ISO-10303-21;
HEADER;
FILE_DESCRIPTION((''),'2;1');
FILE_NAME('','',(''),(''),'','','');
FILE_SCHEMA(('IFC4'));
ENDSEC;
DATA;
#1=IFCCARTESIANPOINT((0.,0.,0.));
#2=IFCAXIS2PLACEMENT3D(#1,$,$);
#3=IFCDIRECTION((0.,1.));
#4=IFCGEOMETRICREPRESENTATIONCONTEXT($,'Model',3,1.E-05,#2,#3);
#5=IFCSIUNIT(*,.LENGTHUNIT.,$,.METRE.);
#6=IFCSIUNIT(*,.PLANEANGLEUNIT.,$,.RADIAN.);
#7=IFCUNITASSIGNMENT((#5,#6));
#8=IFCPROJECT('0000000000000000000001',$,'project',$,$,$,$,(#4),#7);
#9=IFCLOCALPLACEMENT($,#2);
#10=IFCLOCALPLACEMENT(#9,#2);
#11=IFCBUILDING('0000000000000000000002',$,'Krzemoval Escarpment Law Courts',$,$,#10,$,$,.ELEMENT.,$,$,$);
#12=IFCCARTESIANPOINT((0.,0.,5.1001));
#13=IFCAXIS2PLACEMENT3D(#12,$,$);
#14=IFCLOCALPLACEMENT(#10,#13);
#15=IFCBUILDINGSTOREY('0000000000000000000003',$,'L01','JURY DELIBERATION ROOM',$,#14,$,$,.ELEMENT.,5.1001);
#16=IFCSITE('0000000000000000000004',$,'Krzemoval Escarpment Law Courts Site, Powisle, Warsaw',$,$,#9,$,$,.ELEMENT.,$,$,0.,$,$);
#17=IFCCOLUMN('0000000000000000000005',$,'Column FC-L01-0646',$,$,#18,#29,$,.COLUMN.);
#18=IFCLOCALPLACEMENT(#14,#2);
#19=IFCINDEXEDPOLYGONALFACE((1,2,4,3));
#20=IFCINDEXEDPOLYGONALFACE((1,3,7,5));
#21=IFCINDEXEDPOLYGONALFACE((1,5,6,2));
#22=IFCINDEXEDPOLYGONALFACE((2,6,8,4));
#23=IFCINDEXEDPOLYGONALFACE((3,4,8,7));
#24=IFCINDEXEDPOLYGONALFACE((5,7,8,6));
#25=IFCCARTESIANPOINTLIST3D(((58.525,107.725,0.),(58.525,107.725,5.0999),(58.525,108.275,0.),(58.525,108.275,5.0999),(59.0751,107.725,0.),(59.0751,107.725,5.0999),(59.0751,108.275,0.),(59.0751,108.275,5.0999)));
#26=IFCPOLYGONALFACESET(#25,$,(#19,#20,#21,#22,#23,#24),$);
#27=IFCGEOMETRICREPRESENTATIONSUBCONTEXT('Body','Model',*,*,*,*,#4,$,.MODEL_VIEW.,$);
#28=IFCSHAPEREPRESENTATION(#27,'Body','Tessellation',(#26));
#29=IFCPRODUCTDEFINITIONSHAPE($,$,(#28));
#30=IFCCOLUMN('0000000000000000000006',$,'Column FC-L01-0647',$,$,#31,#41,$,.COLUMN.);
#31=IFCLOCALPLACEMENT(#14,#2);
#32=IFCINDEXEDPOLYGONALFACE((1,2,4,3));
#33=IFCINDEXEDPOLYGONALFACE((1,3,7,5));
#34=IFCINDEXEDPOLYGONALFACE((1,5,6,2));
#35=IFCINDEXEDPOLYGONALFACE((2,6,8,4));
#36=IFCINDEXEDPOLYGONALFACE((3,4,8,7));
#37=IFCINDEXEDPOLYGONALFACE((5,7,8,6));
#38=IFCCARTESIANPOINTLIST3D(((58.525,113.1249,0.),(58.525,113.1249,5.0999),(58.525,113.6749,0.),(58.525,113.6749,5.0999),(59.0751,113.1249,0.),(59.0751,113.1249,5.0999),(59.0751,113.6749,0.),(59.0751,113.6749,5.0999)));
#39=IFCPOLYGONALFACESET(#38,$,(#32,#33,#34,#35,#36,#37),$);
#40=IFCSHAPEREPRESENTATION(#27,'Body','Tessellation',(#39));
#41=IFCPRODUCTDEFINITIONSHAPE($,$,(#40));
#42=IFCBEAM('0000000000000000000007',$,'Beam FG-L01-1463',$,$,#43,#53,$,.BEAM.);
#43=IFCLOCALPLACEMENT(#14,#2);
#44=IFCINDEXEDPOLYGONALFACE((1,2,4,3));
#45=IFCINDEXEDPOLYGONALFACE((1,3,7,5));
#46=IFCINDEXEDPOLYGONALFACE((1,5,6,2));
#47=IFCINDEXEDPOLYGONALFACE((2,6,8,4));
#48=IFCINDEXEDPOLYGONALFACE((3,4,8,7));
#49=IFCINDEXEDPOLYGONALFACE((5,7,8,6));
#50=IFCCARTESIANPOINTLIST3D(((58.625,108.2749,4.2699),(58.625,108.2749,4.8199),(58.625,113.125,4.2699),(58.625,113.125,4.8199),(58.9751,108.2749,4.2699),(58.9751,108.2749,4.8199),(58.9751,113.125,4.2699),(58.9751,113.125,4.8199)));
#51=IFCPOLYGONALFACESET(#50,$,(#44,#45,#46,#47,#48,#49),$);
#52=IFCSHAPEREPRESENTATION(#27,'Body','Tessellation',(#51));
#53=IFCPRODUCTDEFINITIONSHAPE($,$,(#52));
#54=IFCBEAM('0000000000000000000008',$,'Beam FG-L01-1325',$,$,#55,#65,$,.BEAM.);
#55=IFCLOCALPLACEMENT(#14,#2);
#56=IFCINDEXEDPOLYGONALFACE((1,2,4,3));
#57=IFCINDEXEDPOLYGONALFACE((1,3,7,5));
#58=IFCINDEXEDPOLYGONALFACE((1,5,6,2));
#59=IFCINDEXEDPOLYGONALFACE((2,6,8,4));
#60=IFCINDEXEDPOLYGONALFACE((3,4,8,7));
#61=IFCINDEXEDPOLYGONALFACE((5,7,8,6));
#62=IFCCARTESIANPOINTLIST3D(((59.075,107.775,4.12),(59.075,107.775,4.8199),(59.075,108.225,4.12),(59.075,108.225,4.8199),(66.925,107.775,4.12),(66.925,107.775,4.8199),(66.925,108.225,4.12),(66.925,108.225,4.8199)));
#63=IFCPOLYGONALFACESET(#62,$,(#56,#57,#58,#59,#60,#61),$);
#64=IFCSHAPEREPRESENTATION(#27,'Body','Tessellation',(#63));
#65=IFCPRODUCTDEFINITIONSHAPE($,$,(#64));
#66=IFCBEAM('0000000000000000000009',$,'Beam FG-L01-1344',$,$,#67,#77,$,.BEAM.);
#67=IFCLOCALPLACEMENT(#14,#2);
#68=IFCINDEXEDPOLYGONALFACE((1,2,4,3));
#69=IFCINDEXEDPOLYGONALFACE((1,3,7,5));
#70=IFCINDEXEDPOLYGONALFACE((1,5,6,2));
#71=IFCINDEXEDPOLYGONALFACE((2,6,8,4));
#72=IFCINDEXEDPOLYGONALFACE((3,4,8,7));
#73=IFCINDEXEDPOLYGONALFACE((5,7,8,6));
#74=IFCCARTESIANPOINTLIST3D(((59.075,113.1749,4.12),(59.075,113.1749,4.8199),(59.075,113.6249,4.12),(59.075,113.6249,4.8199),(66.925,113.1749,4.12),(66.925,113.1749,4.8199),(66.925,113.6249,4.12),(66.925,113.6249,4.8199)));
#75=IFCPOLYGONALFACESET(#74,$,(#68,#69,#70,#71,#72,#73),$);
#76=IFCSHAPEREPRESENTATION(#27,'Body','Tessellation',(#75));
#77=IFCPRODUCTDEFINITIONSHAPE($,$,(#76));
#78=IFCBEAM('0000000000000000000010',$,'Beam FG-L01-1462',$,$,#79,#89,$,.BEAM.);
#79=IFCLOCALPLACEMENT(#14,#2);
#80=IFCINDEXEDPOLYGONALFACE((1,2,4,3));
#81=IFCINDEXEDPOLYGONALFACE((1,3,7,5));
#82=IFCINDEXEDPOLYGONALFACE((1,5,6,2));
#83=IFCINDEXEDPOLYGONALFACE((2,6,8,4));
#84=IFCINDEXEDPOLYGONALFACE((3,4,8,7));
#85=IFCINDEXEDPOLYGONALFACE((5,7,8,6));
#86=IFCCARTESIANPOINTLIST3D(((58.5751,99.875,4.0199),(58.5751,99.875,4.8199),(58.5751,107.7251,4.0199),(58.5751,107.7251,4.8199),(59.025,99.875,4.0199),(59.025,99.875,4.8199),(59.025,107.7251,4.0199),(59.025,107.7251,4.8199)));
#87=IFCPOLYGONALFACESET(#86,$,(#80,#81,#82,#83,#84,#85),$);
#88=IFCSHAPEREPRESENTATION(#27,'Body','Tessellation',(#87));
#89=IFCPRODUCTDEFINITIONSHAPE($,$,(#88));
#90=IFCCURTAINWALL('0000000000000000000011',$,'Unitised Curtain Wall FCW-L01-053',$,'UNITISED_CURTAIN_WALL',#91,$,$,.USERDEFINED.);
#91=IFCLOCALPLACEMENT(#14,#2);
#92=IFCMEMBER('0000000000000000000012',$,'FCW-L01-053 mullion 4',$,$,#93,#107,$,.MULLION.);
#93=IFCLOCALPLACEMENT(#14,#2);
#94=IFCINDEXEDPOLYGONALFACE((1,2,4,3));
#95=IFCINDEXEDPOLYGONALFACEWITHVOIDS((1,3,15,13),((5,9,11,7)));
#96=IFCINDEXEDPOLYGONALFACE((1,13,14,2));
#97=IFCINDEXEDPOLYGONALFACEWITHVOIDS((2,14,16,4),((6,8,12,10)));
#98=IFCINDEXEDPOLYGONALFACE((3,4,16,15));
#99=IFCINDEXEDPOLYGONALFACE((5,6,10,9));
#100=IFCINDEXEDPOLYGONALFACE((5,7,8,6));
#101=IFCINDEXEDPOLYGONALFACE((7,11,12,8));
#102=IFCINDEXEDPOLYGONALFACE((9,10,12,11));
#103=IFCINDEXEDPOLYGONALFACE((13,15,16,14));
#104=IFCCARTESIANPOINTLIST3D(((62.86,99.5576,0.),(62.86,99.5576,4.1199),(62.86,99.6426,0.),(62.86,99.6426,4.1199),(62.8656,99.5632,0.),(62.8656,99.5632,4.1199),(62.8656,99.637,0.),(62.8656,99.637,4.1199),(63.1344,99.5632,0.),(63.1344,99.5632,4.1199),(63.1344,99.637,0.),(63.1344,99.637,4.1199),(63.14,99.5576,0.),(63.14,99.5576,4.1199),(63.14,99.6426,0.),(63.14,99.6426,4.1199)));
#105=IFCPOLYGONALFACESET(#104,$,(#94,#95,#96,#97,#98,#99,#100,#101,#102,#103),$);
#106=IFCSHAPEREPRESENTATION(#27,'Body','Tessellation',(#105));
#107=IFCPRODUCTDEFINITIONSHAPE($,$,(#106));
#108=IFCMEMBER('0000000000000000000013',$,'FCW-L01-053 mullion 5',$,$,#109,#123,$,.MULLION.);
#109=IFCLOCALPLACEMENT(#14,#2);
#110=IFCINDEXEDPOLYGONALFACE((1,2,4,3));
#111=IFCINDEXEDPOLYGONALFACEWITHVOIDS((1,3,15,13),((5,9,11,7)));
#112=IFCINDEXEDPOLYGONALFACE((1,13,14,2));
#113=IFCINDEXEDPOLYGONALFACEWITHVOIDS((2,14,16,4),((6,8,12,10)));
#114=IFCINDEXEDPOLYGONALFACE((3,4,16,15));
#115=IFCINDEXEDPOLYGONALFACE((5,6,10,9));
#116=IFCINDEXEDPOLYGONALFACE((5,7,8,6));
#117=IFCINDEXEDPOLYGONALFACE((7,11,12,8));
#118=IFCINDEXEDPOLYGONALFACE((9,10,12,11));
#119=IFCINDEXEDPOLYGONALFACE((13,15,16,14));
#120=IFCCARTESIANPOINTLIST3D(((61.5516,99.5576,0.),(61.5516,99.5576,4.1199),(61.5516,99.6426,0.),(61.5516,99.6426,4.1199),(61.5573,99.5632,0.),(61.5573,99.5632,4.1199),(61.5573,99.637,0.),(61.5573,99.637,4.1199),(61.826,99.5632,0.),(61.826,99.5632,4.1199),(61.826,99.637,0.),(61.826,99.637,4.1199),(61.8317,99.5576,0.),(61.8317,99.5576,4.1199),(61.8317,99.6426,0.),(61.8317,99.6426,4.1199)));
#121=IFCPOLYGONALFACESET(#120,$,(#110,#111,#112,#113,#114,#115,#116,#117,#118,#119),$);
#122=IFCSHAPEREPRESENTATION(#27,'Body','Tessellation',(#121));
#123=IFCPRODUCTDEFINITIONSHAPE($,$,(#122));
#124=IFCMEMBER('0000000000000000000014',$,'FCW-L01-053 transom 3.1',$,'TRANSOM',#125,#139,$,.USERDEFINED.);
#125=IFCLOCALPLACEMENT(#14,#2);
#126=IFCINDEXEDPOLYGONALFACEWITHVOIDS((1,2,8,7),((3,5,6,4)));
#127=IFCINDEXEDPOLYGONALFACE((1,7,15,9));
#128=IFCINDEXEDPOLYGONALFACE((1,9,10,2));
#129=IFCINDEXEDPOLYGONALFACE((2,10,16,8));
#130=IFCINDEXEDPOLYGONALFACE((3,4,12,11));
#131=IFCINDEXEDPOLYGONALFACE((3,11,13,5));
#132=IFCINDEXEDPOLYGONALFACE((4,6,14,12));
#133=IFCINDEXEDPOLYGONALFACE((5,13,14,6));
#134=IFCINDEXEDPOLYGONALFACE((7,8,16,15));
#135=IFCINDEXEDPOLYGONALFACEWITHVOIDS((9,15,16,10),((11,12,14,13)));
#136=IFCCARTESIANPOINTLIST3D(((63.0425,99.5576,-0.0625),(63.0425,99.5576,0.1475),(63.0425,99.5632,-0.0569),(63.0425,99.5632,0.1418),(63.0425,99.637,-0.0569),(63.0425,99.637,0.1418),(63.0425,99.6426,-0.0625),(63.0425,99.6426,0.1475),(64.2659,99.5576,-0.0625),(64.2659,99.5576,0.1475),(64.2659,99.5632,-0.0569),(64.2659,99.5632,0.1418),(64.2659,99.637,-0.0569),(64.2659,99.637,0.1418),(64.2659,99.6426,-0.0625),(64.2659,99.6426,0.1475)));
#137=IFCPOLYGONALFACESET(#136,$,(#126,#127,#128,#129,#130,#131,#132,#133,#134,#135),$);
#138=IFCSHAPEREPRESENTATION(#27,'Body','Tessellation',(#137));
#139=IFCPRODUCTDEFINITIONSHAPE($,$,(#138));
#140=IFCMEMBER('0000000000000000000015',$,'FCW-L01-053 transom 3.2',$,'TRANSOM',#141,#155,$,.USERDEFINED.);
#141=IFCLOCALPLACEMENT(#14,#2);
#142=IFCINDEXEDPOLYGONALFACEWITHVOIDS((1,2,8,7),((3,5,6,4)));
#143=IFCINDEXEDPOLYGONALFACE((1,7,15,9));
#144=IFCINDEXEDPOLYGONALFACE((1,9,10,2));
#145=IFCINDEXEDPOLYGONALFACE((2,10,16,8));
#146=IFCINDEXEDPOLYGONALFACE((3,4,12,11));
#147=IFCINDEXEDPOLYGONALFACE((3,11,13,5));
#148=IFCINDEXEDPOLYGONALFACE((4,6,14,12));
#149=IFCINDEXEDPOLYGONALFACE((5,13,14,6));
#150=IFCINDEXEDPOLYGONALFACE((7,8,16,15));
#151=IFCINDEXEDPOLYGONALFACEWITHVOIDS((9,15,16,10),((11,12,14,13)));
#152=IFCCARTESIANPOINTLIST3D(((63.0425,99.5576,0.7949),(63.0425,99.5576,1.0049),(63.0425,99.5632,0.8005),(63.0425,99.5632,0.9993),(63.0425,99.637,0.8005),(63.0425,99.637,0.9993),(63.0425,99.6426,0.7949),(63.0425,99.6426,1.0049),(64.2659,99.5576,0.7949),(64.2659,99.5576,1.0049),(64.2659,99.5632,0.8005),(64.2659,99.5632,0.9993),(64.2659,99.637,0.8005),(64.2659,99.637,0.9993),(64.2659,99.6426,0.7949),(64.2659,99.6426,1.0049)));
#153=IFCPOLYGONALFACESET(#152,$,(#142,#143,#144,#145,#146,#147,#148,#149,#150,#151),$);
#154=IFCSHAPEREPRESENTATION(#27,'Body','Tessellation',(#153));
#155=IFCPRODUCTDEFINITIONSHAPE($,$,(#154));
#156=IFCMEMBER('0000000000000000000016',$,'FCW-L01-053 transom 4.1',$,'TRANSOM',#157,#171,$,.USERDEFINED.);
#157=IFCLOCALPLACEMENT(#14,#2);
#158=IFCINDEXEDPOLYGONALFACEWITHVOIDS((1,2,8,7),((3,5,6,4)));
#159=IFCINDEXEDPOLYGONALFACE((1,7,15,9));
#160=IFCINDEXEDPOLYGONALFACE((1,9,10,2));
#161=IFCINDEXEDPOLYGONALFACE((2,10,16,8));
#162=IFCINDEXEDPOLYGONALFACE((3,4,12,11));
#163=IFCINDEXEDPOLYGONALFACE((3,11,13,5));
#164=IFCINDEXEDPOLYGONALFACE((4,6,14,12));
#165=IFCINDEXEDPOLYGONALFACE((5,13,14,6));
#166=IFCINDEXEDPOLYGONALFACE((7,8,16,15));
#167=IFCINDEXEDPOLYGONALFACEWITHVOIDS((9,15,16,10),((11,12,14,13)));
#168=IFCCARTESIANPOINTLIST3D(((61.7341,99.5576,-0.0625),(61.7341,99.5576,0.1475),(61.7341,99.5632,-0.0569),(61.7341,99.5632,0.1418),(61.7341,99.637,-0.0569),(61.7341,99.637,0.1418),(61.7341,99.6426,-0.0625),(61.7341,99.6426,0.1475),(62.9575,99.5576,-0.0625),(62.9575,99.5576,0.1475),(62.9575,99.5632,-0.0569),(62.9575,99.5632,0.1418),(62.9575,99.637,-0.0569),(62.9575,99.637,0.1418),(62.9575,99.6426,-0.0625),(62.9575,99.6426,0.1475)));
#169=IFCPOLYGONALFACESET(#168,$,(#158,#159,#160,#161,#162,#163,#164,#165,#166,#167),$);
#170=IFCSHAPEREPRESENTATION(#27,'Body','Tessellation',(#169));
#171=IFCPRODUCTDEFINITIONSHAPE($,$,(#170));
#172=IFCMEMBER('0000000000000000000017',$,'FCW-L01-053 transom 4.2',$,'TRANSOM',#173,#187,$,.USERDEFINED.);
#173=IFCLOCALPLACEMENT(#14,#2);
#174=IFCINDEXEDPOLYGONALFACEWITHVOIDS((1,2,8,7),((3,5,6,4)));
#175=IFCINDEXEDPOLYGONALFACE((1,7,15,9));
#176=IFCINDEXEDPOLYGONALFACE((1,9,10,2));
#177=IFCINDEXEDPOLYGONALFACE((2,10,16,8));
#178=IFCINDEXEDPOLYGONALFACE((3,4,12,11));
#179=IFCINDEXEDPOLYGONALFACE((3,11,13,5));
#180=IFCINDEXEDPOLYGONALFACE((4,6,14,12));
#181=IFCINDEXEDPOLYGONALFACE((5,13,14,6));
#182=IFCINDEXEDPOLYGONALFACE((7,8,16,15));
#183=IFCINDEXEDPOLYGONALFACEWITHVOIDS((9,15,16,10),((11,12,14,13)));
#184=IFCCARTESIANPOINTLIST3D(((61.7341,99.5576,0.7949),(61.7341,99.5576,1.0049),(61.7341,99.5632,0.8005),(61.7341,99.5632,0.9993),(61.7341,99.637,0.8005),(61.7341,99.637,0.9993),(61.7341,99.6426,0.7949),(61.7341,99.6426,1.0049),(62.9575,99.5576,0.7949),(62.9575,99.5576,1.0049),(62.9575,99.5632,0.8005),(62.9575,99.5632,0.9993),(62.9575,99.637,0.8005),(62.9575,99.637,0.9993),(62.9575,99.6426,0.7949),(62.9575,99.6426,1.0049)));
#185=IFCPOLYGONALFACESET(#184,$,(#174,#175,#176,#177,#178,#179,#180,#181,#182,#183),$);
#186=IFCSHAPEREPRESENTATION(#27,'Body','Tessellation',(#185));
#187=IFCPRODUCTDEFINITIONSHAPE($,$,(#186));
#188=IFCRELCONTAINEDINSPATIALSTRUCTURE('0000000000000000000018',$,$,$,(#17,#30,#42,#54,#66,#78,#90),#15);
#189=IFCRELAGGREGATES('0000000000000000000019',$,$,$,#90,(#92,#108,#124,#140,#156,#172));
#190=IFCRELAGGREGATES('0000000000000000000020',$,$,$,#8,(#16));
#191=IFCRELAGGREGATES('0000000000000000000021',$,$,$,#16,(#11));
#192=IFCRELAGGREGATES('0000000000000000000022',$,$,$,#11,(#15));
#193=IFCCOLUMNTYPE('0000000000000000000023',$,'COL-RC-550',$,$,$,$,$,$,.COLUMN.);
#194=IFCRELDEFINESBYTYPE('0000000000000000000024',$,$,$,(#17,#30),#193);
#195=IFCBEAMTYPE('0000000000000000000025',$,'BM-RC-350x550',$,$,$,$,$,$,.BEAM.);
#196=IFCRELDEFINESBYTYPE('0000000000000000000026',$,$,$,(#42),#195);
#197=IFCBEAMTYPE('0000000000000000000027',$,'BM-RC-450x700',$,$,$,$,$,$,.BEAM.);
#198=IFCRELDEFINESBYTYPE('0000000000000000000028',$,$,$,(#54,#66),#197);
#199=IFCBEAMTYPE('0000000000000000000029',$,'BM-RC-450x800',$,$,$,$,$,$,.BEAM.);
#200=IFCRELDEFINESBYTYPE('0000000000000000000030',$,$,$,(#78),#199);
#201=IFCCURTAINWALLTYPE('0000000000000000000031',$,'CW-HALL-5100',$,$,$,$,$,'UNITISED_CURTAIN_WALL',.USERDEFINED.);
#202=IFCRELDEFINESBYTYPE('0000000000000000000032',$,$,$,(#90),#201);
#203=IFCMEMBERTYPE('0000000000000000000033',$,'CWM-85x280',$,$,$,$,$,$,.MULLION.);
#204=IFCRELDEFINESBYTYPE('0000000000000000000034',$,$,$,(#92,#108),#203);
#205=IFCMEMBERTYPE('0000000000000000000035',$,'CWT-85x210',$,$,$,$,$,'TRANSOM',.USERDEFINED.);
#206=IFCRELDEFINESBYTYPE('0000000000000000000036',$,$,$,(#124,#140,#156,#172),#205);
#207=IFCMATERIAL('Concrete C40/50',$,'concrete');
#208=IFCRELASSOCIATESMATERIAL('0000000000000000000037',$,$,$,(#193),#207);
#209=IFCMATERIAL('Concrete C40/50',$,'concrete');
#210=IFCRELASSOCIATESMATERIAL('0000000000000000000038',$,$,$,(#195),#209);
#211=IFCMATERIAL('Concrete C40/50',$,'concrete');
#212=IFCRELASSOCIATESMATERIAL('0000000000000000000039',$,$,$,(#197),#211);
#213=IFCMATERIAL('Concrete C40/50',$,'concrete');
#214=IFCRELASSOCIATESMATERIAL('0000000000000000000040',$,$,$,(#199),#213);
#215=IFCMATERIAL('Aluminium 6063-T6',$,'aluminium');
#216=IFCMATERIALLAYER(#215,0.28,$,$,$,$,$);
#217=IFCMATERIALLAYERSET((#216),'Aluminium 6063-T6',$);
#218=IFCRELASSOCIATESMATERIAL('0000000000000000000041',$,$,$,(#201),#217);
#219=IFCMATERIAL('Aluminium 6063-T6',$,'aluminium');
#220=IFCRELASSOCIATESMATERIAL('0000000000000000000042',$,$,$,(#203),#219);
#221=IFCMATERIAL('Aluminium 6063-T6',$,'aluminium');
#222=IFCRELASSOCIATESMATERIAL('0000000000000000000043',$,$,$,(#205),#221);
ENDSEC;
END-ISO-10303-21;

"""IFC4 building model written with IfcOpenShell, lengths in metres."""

from ifc_helpers import new_model, si_unit, direction, frame, origin, origin_2d, place, context, subcontext, project, spatial, rectangle, hollow_rectangle, extrude, material, layer, layer_set, material_profile, profile_set, type_object, element, aggregate, save


model = new_model("IFC4")

# Units and contexts
model_context = context("Model", 3, precision=1e-05, world=origin(), true_north=direction((0.0, 1.0)))
body_context = subcontext(model_context, "Body", "Model", "MODEL_VIEW")
ifc_project = project(units=[si_unit("LENGTHUNIT", "METRE"), si_unit("PLANEANGLEUNIT", "RADIAN")], contexts=[model_context])

# Site, building, storey
site_placement = place(None, origin())
site = spatial("IfcSite", under=ifc_project, at=site_placement, Name="Krzemoval Escarpment Law Courts Site, Powisle, Warsaw", CompositionType="ELEMENT", RefElevation=0.0)
building_placement = place(site_placement, origin())
building = spatial("IfcBuilding", under=site, at=building_placement, Name="Krzemoval Escarpment Law Courts", CompositionType="ELEMENT")
storey_placement = place(building_placement, frame((0.0, 0.0, 5.1001)))
storey = spatial("IfcBuildingStorey", under=building, at=storey_placement, Name="L01", Description="JURY DELIBERATION ROOM", CompositionType="ELEMENT", Elevation=5.1001)

# Columns
ifc_material_1 = material(Name="Concrete C40/50", Category="concrete")
ifc_material_profile_1 = material_profile(ifc_material_1, rectangle(XDim=0.55, YDim=0.55, at=origin_2d()), Name="RC 550x550")
ifc_profile_set_1 = profile_set([ifc_material_profile_1], Name="Concrete C40/50")
column_type = type_object("IfcColumnType", Name="COL-RC-550", PredefinedType="COLUMN", material=ifc_profile_set_1)
for number, where, z_axis, x_axis, name in (
    (1, (58.8, 108.0, 0.0), (0.0, 0.0, 1.0), (1.0, 0.0, 0.0), "Column FC-L01-0646"),
    (2, (58.8, 113.3999, 0.0), (0.0, 0.0, 1.0), (1.0, 0.0, 0.0), "Column FC-L01-0647"),
):
    element("IfcColumn", number, at=place(storey_placement, frame(where, z_axis=z_axis, x_axis=x_axis)), inside=storey, type_object=column_type, Name=name, PredefinedType="COLUMN", context=body_context, shape_type="SweptSolid", body=[
        extrude(rectangle(XDim=0.55, YDim=0.55, at=origin_2d()), origin(), (0.0, 0.0, 1.0), 5.0999),
    ])

# Beams
ifc_material_2 = material(Name="Concrete C40/50", Category="concrete")
ifc_material_profile_2 = material_profile(ifc_material_2, rectangle(XDim=0.3501, YDim=0.55, at=origin_2d()), Name="RCB 350x550")
ifc_profile_set_2 = profile_set([ifc_material_profile_2], Name="Concrete C40/50")
beam_type_1 = type_object("IfcBeamType", Name="BM-RC-350x550", PredefinedType="BEAM", material=ifc_profile_set_2)
beam_1_placement = place(storey_placement, frame((58.8, 108.2749, 4.5449), z_axis=(0.0, 1.0, 0.0), x_axis=(-1.0, 0.0, 0.0)))
element("IfcBeam", 3, at=beam_1_placement, inside=storey, type_object=beam_type_1, Name="Beam FG-L01-1463", PredefinedType="BEAM", context=body_context, shape_type="SweptSolid", body=[
    extrude(rectangle(XDim=0.3501, YDim=0.55, at=origin_2d()), origin(), (0.0, 0.0, 1.0), 4.8501),
])
ifc_material_3 = material(Name="Concrete C40/50", Category="concrete")
ifc_material_profile_3 = material_profile(ifc_material_3, rectangle(XDim=0.45, YDim=0.7, at=origin_2d()), Name="RCB 450x700")
ifc_profile_set_3 = profile_set([ifc_material_profile_3], Name="Concrete C40/50")
beam_type_2 = type_object("IfcBeamType", Name="BM-RC-450x700", PredefinedType="BEAM", material=ifc_profile_set_3)
for number, where, z_axis, x_axis, name in (
    (4, (59.075, 108.0, 4.47), (1.0, 0.0, 0.0), (0.0, 1.0, 0.0), "Beam FG-L01-1325"),
    (5, (59.075, 113.3999, 4.47), (1.0, 0.0, 0.0), (0.0, 1.0, 0.0), "Beam FG-L01-1344"),
):
    element("IfcBeam", number, at=place(storey_placement, frame(where, z_axis=z_axis, x_axis=x_axis)), inside=storey, type_object=beam_type_2, Name=name, PredefinedType="BEAM", context=body_context, shape_type="SweptSolid", body=[
        extrude(rectangle(XDim=0.45, YDim=0.7, at=origin_2d()), origin(), (0.0, 0.0, 1.0), 7.8501),
    ])
ifc_material_4 = material(Name="Concrete C40/50", Category="concrete")
ifc_material_profile_4 = material_profile(ifc_material_4, rectangle(XDim=0.45, YDim=0.8, at=origin_2d()), Name="RCB 450x800")
ifc_profile_set_4 = profile_set([ifc_material_profile_4], Name="Concrete C40/50")
beam_type_3 = type_object("IfcBeamType", Name="BM-RC-450x800", PredefinedType="BEAM", material=ifc_profile_set_4)
beam_2_placement = place(storey_placement, frame((58.8, 99.875, 4.4199), z_axis=(0.0, 1.0, 0.0), x_axis=(-1.0, 0.0, 0.0)))
element("IfcBeam", 6, at=beam_2_placement, inside=storey, type_object=beam_type_3, Name="Beam FG-L01-1462", PredefinedType="BEAM", context=body_context, shape_type="SweptSolid", body=[
    extrude(rectangle(XDim=0.45, YDim=0.8, at=origin_2d()), origin(), (0.0, 0.0, 1.0), 7.8501),
])

# Curtain wall, members
ifc_material_5 = material(Name="Aluminium 6063-T6", Category="aluminium")
ifc_layer_1 = layer(ifc_material_5, 0.28)
ifc_layer_set_1 = layer_set([ifc_layer_1], Name="Aluminium 6063-T6")
curtain_wall_type = type_object("IfcCurtainWallType", Name="CW-HALL-5100", ElementType="UNITISED_CURTAIN_WALL", PredefinedType="USERDEFINED", material=ifc_layer_set_1)
curtain_wall_placement = place(storey_placement, origin())
curtain_wall = element("IfcCurtainWall", 7, at=curtain_wall_placement, inside=storey, type_object=curtain_wall_type, Name="Unitised Curtain Wall FCW-L01-053", ObjectType="UNITISED_CURTAIN_WALL", PredefinedType="USERDEFINED")
ifc_material_6 = material(Name="Aluminium 6063-T6", Category="aluminium")
ifc_material_profile_5 = material_profile(ifc_material_6, hollow_rectangle(XDim=0.085, YDim=0.28, WallThickness=0.0056, at=origin_2d()), Name="ALU M85x280")
ifc_profile_set_5 = profile_set([ifc_material_profile_5], Name="Aluminium 6063-T6")
member_type_1 = type_object("IfcMemberType", Name="CWM-85x280", PredefinedType="MULLION", material=ifc_profile_set_5)
member_1_placement = place(storey_placement, frame((63.0, 99.6001, 0.0), z_axis=(0.0, 0.0, 1.0), x_axis=(0.0, -1.0, 0.0)))
member_1 = element("IfcMember", 8, at=member_1_placement, type_object=member_type_1, Name="FCW-L01-053 mullion 4", PredefinedType="MULLION", context=body_context, shape_type="SweptSolid", body=[
    extrude(hollow_rectangle(XDim=0.085, YDim=0.28, WallThickness=0.0056, at=origin_2d()), origin(), (0.0, 0.0, 1.0), 4.1199),
])
member_2_placement = place(storey_placement, frame((61.6917, 99.6001, 0.0), z_axis=(0.0, 0.0, 1.0), x_axis=(0.0, -1.0, 0.0)))
member_2 = element("IfcMember", 9, at=member_2_placement, type_object=member_type_1, Name="FCW-L01-053 mullion 5", PredefinedType="MULLION", context=body_context, shape_type="SweptSolid", body=[
    extrude(hollow_rectangle(XDim=0.085, YDim=0.28, WallThickness=0.0056, at=origin_2d()), origin(), (0.0, 0.0, 1.0), 4.1199),
])
ifc_material_7 = material(Name="Aluminium 6063-T6", Category="aluminium")
ifc_material_profile_6 = material_profile(ifc_material_7, hollow_rectangle(XDim=0.085, YDim=0.21, WallThickness=0.0056, at=origin_2d()), Name="ALU T85x210")
ifc_profile_set_6 = profile_set([ifc_material_profile_6], Name="Aluminium 6063-T6")
member_type_2 = type_object("IfcMemberType", Name="CWT-85x210", ElementType="TRANSOM", PredefinedType="USERDEFINED", material=ifc_profile_set_6)
member_3_placement = place(storey_placement, frame((64.2659, 99.6001, 0.0425), z_axis=(-1.0, 0.0, 0.0), x_axis=(0.0, -1.0, 0.0)))
member_3 = element("IfcMember", 10, at=member_3_placement, type_object=member_type_2, Name="FCW-L01-053 transom 3.1", ObjectType="TRANSOM", PredefinedType="USERDEFINED", context=body_context, shape_type="SweptSolid", body=[
    extrude(hollow_rectangle(XDim=0.085, YDim=0.21, WallThickness=0.0056, at=origin_2d()), origin(), (0.0, 0.0, 1.0), 1.2234),
])
member_4_placement = place(storey_placement, frame((64.2659, 99.6001, 0.8999), z_axis=(-1.0, 0.0, 0.0), x_axis=(0.0, -1.0, 0.0)))
member_4 = element("IfcMember", 11, at=member_4_placement, type_object=member_type_2, Name="FCW-L01-053 transom 3.2", ObjectType="TRANSOM", PredefinedType="USERDEFINED", context=body_context, shape_type="SweptSolid", body=[
    extrude(hollow_rectangle(XDim=0.085, YDim=0.21, WallThickness=0.0056, at=origin_2d()), origin(), (0.0, 0.0, 1.0), 1.2234),
])
member_5_placement = place(storey_placement, frame((62.9575, 99.6001, 0.0425), z_axis=(-1.0, 0.0, 0.0), x_axis=(0.0, -1.0, 0.0)))
member_5 = element("IfcMember", 12, at=member_5_placement, type_object=member_type_2, Name="FCW-L01-053 transom 4.1", ObjectType="TRANSOM", PredefinedType="USERDEFINED", context=body_context, shape_type="SweptSolid", body=[
    extrude(hollow_rectangle(XDim=0.085, YDim=0.21, WallThickness=0.0056, at=origin_2d()), origin(), (0.0, 0.0, 1.0), 1.2234),
])
member_6_placement = place(storey_placement, frame((62.9575, 99.6001, 0.8999), z_axis=(-1.0, 0.0, 0.0), x_axis=(0.0, -1.0, 0.0)))
member_6 = element("IfcMember", 13, at=member_6_placement, type_object=member_type_2, Name="FCW-L01-053 transom 4.2", ObjectType="TRANSOM", PredefinedType="USERDEFINED", context=body_context, shape_type="SweptSolid", body=[
    extrude(hollow_rectangle(XDim=0.085, YDim=0.21, WallThickness=0.0056, at=origin_2d()), origin(), (0.0, 0.0, 1.0), 1.2234),
])

aggregate(curtain_wall, [member_1, member_2, member_3, member_4, member_5, member_6])

save(model, "model.ifc")
